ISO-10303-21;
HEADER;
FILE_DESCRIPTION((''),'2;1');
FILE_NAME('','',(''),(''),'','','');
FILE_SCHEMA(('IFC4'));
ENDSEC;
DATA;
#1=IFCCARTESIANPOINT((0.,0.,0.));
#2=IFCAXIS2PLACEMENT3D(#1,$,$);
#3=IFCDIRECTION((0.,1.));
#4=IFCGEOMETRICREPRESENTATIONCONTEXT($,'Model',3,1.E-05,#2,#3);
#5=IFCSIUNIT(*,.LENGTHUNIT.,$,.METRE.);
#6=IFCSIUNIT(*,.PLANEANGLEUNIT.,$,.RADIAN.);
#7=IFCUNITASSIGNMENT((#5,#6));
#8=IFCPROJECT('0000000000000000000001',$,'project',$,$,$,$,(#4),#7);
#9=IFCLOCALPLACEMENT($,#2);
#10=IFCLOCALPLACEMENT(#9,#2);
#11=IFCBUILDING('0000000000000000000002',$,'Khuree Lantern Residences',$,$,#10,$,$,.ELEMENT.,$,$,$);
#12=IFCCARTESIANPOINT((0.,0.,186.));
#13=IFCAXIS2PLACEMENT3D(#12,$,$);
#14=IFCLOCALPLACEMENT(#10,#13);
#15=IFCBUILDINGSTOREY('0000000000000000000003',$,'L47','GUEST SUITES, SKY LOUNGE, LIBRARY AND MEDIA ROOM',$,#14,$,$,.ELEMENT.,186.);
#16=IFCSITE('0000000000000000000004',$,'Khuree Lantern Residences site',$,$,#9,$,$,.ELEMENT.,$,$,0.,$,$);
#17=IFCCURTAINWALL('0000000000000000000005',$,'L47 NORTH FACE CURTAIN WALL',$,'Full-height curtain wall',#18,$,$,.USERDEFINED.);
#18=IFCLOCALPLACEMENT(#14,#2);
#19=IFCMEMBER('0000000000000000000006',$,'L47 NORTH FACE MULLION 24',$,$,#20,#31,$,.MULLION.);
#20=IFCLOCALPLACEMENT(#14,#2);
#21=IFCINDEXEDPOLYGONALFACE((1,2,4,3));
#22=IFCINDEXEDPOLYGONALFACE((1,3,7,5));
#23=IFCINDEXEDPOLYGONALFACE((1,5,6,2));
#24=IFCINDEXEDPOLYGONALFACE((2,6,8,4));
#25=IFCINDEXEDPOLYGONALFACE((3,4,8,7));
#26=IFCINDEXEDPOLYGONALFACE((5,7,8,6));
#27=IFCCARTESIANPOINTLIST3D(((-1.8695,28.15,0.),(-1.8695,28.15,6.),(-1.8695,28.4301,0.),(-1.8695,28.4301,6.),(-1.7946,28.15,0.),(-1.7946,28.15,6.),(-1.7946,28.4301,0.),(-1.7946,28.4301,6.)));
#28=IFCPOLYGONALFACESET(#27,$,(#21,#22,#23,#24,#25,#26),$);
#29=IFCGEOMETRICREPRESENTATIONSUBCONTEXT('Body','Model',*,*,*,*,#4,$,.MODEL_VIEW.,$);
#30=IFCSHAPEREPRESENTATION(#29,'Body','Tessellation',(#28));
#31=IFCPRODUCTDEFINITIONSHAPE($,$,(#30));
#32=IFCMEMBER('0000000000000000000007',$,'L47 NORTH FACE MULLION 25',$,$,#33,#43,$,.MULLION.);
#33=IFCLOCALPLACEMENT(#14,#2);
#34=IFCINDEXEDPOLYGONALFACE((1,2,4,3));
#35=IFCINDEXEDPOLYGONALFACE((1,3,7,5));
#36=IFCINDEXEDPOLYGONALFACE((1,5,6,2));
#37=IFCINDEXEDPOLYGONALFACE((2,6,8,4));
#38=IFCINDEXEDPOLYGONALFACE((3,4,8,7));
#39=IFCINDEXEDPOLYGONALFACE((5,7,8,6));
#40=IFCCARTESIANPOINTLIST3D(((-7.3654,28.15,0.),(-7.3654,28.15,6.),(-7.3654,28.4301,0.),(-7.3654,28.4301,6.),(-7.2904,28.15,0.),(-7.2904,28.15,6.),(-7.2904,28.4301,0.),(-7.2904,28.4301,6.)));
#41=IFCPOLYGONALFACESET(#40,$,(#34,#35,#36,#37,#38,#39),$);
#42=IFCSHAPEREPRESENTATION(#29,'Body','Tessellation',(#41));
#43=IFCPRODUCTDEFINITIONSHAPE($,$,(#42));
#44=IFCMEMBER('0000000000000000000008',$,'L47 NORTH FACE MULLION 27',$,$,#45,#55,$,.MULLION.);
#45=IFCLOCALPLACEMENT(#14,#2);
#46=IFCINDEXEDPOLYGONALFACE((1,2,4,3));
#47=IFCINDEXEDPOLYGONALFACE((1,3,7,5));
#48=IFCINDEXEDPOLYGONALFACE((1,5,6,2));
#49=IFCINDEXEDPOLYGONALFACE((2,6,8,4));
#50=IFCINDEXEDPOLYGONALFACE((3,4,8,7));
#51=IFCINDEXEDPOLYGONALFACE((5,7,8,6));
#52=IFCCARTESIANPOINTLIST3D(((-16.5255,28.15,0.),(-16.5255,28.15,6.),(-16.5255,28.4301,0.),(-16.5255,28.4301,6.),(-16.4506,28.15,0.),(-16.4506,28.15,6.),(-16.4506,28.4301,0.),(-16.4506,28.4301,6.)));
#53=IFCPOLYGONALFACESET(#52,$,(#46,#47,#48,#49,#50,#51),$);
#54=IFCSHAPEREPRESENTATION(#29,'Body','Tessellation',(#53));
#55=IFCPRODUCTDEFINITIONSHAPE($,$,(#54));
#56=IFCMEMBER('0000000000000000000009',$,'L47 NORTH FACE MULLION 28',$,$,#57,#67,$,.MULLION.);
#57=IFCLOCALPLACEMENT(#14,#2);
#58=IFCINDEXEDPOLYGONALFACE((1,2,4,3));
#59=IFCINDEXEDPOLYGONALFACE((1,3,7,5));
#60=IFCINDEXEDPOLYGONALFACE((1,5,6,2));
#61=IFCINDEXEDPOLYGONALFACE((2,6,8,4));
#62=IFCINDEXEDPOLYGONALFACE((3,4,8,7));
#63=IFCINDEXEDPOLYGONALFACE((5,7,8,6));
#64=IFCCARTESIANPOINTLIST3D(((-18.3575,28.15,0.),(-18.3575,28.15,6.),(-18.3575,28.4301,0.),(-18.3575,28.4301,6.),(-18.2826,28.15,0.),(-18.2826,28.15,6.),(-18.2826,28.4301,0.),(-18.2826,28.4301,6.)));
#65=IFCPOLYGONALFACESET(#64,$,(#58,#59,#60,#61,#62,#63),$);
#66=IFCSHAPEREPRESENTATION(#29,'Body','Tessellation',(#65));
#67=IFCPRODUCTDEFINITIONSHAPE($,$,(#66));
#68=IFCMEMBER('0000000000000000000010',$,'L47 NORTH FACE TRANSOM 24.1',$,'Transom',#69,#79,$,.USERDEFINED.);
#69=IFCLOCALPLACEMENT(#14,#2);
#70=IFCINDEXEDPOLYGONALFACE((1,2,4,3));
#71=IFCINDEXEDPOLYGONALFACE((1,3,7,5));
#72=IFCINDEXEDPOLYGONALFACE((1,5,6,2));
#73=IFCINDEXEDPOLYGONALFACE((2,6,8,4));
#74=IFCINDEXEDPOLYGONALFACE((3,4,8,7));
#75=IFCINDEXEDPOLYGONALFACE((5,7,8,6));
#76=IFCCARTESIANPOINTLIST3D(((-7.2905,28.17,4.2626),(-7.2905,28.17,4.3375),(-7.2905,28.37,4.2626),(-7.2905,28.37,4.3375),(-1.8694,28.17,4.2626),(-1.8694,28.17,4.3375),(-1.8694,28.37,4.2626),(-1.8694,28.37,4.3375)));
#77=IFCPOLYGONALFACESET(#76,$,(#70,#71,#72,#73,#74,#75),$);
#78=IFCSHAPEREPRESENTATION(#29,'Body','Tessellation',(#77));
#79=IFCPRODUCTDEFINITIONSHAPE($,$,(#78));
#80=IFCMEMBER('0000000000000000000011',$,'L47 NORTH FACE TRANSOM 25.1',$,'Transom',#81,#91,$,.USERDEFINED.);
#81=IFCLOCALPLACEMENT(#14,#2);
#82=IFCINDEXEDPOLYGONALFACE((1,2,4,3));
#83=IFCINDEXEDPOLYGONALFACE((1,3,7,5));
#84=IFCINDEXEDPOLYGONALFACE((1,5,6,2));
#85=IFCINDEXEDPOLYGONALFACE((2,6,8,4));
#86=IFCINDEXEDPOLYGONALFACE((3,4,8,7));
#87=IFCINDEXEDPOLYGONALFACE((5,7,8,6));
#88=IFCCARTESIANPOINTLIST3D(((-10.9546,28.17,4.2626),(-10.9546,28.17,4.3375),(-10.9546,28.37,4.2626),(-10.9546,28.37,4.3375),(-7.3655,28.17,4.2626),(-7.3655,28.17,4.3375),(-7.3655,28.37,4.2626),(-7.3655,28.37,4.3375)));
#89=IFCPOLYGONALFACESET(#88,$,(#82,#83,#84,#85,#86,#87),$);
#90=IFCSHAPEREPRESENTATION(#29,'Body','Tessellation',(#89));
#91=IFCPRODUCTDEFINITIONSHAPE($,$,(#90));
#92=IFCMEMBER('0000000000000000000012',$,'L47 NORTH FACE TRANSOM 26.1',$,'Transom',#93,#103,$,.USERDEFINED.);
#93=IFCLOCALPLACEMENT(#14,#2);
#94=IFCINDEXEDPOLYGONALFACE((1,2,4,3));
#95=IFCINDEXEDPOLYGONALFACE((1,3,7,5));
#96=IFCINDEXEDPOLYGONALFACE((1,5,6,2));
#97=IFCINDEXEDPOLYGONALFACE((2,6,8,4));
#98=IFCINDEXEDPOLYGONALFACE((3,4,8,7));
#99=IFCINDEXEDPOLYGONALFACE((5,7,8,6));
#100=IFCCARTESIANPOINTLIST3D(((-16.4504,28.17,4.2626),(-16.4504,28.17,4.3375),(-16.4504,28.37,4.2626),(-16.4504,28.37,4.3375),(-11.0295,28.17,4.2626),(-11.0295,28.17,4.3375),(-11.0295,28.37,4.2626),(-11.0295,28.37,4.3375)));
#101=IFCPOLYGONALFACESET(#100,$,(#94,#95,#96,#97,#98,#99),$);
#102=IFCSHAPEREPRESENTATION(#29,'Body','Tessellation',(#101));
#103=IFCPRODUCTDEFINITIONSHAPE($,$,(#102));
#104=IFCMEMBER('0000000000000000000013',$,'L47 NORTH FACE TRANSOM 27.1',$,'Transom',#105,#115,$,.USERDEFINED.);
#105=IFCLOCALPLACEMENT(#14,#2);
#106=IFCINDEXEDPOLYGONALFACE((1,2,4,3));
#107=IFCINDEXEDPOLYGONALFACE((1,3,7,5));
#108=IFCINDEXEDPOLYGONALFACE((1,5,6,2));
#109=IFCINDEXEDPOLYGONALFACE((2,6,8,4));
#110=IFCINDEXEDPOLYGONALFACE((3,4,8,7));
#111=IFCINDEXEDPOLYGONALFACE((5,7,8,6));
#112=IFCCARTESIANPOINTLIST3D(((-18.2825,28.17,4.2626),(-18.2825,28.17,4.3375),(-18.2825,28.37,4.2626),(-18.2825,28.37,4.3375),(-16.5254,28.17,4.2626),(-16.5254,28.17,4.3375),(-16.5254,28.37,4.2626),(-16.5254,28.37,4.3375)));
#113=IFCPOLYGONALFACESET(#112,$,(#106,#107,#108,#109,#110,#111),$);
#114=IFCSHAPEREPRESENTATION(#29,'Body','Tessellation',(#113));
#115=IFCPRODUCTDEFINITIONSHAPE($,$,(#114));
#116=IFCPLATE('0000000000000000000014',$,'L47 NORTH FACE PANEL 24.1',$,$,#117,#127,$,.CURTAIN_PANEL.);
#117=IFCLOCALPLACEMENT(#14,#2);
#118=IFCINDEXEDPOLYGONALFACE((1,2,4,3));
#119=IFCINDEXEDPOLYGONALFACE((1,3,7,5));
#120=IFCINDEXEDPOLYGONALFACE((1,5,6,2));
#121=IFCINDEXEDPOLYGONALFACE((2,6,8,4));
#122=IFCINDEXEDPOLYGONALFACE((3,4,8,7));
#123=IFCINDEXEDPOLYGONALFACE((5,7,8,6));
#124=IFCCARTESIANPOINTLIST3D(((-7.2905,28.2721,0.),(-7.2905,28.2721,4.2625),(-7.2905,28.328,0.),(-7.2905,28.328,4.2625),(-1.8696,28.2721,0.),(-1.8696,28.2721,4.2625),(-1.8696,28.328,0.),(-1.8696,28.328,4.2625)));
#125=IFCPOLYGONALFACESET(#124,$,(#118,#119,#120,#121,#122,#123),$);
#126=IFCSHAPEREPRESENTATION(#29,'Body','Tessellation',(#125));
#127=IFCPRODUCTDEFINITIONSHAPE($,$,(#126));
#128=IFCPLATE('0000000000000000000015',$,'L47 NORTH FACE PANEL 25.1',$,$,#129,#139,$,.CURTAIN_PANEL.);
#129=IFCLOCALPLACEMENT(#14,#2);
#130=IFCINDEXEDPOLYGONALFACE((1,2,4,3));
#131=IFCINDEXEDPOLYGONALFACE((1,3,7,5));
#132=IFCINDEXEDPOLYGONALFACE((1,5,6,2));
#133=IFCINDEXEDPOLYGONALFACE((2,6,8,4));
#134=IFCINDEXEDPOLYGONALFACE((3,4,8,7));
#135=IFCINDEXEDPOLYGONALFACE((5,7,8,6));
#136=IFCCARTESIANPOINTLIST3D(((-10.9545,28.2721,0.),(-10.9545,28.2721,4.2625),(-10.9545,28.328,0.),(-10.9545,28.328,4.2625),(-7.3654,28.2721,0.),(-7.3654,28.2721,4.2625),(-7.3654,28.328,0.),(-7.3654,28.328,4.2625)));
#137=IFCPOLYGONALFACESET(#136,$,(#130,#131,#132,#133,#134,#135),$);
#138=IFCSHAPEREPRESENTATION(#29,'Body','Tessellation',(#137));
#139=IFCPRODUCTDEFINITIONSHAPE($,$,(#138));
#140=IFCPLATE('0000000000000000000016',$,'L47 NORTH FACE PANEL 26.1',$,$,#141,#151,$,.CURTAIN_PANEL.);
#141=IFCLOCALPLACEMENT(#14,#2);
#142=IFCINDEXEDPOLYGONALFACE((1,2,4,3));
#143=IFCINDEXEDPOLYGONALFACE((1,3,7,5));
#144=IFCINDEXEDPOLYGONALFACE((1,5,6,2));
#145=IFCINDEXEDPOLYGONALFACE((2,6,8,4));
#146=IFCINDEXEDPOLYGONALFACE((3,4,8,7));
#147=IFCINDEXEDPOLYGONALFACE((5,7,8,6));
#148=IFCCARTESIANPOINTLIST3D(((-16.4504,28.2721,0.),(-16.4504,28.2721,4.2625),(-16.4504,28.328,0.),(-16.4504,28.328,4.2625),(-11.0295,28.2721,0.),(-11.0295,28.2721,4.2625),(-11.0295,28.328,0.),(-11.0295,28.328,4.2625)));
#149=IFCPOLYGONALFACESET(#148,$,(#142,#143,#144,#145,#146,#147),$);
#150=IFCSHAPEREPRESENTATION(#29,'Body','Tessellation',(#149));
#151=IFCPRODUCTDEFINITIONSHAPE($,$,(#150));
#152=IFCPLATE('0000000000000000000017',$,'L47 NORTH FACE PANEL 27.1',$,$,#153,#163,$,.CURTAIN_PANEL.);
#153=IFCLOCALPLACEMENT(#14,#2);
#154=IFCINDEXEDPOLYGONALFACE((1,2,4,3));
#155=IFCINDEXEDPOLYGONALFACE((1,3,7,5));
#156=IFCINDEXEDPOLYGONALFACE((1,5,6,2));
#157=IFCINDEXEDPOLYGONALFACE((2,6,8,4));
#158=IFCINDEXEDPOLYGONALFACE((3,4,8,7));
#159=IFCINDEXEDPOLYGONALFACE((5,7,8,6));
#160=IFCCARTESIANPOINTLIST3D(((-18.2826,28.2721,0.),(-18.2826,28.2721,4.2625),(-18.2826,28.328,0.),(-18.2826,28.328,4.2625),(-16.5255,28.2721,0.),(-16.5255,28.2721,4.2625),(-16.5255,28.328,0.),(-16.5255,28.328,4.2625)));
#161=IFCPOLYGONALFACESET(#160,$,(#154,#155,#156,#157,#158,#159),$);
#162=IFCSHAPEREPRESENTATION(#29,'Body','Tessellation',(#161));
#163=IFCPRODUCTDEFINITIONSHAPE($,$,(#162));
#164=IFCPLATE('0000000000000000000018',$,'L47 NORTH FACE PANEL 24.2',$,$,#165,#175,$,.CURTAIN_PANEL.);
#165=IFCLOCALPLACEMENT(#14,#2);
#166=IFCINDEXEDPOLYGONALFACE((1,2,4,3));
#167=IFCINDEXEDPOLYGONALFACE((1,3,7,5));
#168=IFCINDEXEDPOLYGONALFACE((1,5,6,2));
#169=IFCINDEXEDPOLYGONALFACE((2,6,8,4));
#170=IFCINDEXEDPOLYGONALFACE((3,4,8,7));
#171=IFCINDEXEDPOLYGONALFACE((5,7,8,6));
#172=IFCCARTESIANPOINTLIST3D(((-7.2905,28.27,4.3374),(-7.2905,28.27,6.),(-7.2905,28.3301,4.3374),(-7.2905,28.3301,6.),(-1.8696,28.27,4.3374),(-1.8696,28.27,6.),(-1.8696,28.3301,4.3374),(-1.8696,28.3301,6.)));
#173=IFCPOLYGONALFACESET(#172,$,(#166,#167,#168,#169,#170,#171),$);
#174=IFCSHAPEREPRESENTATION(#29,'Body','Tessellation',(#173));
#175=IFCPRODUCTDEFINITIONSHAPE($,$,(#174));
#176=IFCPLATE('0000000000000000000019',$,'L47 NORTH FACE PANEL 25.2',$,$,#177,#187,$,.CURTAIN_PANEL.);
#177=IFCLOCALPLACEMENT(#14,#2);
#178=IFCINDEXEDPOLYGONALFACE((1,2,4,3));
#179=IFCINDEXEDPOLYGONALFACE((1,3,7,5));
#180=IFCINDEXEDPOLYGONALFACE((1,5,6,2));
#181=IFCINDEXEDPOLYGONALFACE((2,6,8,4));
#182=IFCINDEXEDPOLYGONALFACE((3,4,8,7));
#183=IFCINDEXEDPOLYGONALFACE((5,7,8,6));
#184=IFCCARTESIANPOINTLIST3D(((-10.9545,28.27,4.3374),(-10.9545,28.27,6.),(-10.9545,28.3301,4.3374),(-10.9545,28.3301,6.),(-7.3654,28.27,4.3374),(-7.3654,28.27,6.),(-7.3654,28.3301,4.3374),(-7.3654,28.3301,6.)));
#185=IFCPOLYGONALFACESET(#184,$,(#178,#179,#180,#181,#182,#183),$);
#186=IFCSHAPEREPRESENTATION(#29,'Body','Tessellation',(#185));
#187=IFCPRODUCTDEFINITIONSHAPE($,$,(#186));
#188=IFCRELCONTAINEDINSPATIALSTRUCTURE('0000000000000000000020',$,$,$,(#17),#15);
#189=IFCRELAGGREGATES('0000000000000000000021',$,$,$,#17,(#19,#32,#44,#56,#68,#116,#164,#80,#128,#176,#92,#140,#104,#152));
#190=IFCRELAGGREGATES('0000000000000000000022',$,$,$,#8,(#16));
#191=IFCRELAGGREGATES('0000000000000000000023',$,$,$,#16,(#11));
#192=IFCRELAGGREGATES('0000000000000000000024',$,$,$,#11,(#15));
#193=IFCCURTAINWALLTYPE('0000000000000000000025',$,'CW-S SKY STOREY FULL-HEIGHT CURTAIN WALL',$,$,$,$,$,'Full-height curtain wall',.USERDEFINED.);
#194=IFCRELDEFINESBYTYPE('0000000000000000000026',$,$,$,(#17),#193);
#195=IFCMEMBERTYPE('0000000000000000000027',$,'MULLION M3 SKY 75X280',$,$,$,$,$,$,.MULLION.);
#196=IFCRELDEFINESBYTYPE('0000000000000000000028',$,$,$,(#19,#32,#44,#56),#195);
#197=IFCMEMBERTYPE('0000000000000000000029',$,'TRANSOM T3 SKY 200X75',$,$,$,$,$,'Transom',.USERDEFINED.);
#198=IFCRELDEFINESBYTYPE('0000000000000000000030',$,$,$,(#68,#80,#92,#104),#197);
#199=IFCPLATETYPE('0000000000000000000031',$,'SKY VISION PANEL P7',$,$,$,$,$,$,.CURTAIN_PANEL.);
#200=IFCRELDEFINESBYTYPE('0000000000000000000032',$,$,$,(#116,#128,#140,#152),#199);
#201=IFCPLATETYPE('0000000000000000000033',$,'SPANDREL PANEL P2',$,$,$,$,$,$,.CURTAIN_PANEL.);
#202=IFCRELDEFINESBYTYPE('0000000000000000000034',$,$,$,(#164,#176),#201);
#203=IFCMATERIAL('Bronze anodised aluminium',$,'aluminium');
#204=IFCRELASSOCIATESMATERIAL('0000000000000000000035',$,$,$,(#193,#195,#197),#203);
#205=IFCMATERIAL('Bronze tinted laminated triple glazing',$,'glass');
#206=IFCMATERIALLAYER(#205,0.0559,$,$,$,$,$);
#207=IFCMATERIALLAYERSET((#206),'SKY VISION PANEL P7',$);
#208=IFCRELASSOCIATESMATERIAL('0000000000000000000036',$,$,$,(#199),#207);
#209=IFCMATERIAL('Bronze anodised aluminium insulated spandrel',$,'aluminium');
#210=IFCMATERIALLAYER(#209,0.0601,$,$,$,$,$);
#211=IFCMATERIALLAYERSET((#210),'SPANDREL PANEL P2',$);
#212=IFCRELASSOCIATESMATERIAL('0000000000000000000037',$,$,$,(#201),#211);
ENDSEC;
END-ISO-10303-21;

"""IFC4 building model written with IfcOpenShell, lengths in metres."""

from ifc_helpers import new_model, si_unit, direction, frame, origin, origin_2d, place, context, subcontext, project, spatial, rectangle, extrude, material, layer, layer_set, material_profile, profile_set, type_object, element, aggregate, save


model = new_model("IFC4")

# Units and contexts
model_context = context("Model", 3, precision=1e-05, world=origin(), true_north=direction((0.0, 1.0)))
body_context = subcontext(model_context, "Body", "Model", "MODEL_VIEW")
ifc_project = project(units=[si_unit("LENGTHUNIT", "METRE"), si_unit("PLANEANGLEUNIT", "RADIAN")], contexts=[model_context])

# Site, building, storey
site_placement = place(None, origin())
site = spatial("IfcSite", under=ifc_project, at=site_placement, Name="Khuree Lantern Residences site", CompositionType="ELEMENT", RefElevation=0.0)
building_placement = place(site_placement, origin())
building = spatial("IfcBuilding", under=site, at=building_placement, Name="Khuree Lantern Residences", CompositionType="ELEMENT")
storey_placement = place(building_placement, frame((0.0, 0.0, 186.0)))
storey = spatial("IfcBuildingStorey", under=building, at=storey_placement, Name="L47", Description="GUEST SUITES, SKY LOUNGE, LIBRARY AND MEDIA ROOM", CompositionType="ELEMENT", Elevation=186.0)

# Curtain wall
ifc_material_1 = material(Name="Bronze anodised aluminium", Category="aluminium")
curtain_wall_type = type_object("IfcCurtainWallType", Name="CW-S SKY STOREY FULL-HEIGHT CURTAIN WALL", ElementType="Full-height curtain wall", PredefinedType="USERDEFINED", material=ifc_material_1)
curtain_wall_placement = place(storey_placement, origin())
curtain_wall = element("IfcCurtainWall", 1, at=curtain_wall_placement, inside=storey, type_object=curtain_wall_type, Name="L47 NORTH FACE CURTAIN WALL", ObjectType="Full-height curtain wall", PredefinedType="USERDEFINED")

# Members
ifc_material_profile_1 = material_profile(ifc_material_1, rectangle(XDim=0.075, YDim=0.28, at=origin_2d()), Name="M3 75X280")
ifc_profile_set_1 = profile_set([ifc_material_profile_1], Name="Bronze anodised aluminium")
member_type_1 = type_object("IfcMemberType", Name="MULLION M3 SKY 75X280", PredefinedType="MULLION", material=ifc_profile_set_1)
member_1_placement = place(storey_placement, frame((-1.832, 28.29, 0.0), z_axis=(0.0, 0.0, 1.0), x_axis=(-1.0, 0.0, 0.0)))
member_1 = element("IfcMember", 2, at=member_1_placement, type_object=member_type_1, Name="L47 NORTH FACE MULLION 24", PredefinedType="MULLION", context=body_context, shape_type="SweptSolid", body=[
    extrude(rectangle(XDim=0.075, YDim=0.28, at=origin_2d()), origin(), (0.0, 0.0, 1.0), 6.0),
])
member_2_placement = place(storey_placement, frame((-7.3279, 28.29, 0.0), z_axis=(0.0, 0.0, 1.0), x_axis=(-1.0, 0.0, 0.0)))
member_2 = element("IfcMember", 3, at=member_2_placement, type_object=member_type_1, Name="L47 NORTH FACE MULLION 25", PredefinedType="MULLION", context=body_context, shape_type="SweptSolid", body=[
    extrude(rectangle(XDim=0.075, YDim=0.28, at=origin_2d()), origin(), (0.0, 0.0, 1.0), 6.0),
])
member_3_placement = place(storey_placement, frame((-16.488, 28.29, 0.0), z_axis=(0.0, 0.0, 1.0), x_axis=(-1.0, 0.0, 0.0)))
member_3 = element("IfcMember", 4, at=member_3_placement, type_object=member_type_1, Name="L47 NORTH FACE MULLION 27", PredefinedType="MULLION", context=body_context, shape_type="SweptSolid", body=[
    extrude(rectangle(XDim=0.075, YDim=0.28, at=origin_2d()), origin(), (0.0, 0.0, 1.0), 6.0),
])
member_4_placement = place(storey_placement, frame((-18.3201, 28.29, 0.0), z_axis=(0.0, 0.0, 1.0), x_axis=(-1.0, 0.0, 0.0)))
member_4 = element("IfcMember", 5, at=member_4_placement, type_object=member_type_1, Name="L47 NORTH FACE MULLION 28", PredefinedType="MULLION", context=body_context, shape_type="SweptSolid", body=[
    extrude(rectangle(XDim=0.075, YDim=0.28, at=origin_2d()), origin(), (0.0, 0.0, 1.0), 6.0),
])
ifc_material_profile_2 = material_profile(ifc_material_1, rectangle(XDim=0.2, YDim=0.075, at=origin_2d()), Name="T3 200X75")
ifc_profile_set_2 = profile_set([ifc_material_profile_2], Name="Bronze anodised aluminium")
member_type_2 = type_object("IfcMemberType", Name="TRANSOM T3 SKY 200X75", ElementType="Transom", PredefinedType="USERDEFINED", material=ifc_profile_set_2)
member_5_placement = place(storey_placement, frame((-1.8694, 28.27, 4.3), z_axis=(-1.0, 0.0, 0.0), x_axis=(0.0, -1.0, 0.0)))
member_5 = element("IfcMember", 6, at=member_5_placement, type_object=member_type_2, Name="L47 NORTH FACE TRANSOM 24.1", ObjectType="Transom", PredefinedType="USERDEFINED", context=body_context, shape_type="SweptSolid", body=[
    extrude(rectangle(XDim=0.2, YDim=0.075, at=origin_2d()), origin(), (0.0, 0.0, 1.0), 5.4211),
])
member_6_placement = place(storey_placement, frame((-7.3655, 28.27, 4.3), z_axis=(-1.0, 0.0, 0.0), x_axis=(0.0, -1.0, 0.0)))
member_6 = element("IfcMember", 7, at=member_6_placement, type_object=member_type_2, Name="L47 NORTH FACE TRANSOM 25.1", ObjectType="Transom", PredefinedType="USERDEFINED", context=body_context, shape_type="SweptSolid", body=[
    extrude(rectangle(XDim=0.2, YDim=0.075, at=origin_2d()), origin(), (0.0, 0.0, 1.0), 3.5891),
])
member_7_placement = place(storey_placement, frame((-11.0295, 28.27, 4.3), z_axis=(-1.0, 0.0, 0.0), x_axis=(0.0, -1.0, 0.0)))
member_7 = element("IfcMember", 8, at=member_7_placement, type_object=member_type_2, Name="L47 NORTH FACE TRANSOM 26.1", ObjectType="Transom", PredefinedType="USERDEFINED", context=body_context, shape_type="SweptSolid", body=[
    extrude(rectangle(XDim=0.2, YDim=0.075, at=origin_2d()), origin(), (0.0, 0.0, 1.0), 5.4209),
])
member_8_placement = place(storey_placement, frame((-16.5254, 28.27, 4.3), z_axis=(-1.0, 0.0, 0.0), x_axis=(0.0, -1.0, 0.0)))
member_8 = element("IfcMember", 9, at=member_8_placement, type_object=member_type_2, Name="L47 NORTH FACE TRANSOM 27.1", ObjectType="Transom", PredefinedType="USERDEFINED", context=body_context, shape_type="SweptSolid", body=[
    extrude(rectangle(XDim=0.2, YDim=0.075, at=origin_2d()), origin(), (0.0, 0.0, 1.0), 1.7571),
])

# Plates
ifc_material_2 = material(Name="Bronze tinted laminated triple glazing", Category="glass")
ifc_layer_1 = layer(ifc_material_2, 0.0559)
ifc_layer_set_1 = layer_set([ifc_layer_1], Name="SKY VISION PANEL P7")
plate_type_1 = type_object("IfcPlateType", Name="SKY VISION PANEL P7", PredefinedType="CURTAIN_PANEL", material=ifc_layer_set_1)
plate_1_placement = place(storey_placement, frame((-4.5801, 28.3, 0.0), z_axis=(0.0, 0.0, 1.0), x_axis=(-1.0, 0.0, 0.0)))
plate_1 = element("IfcPlate", 10, at=plate_1_placement, type_object=plate_type_1, Name="L47 NORTH FACE PANEL 24.1", PredefinedType="CURTAIN_PANEL", context=body_context, shape_type="SweptSolid", body=[
    extrude(rectangle(XDim=5.4209, YDim=0.0559, at=origin_2d()), origin(), (0.0, 0.0, 1.0), 4.2625),
])
plate_2_placement = place(storey_placement, frame((-9.1599, 28.3, 0.0), z_axis=(0.0, 0.0, 1.0), x_axis=(-1.0, 0.0, 0.0)))
plate_2 = element("IfcPlate", 11, at=plate_2_placement, type_object=plate_type_1, Name="L47 NORTH FACE PANEL 25.1", PredefinedType="CURTAIN_PANEL", context=body_context, shape_type="SweptSolid", body=[
    extrude(rectangle(XDim=3.5891, YDim=0.0559, at=origin_2d()), origin(), (0.0, 0.0, 1.0), 4.2625),
])
plate_3_placement = place(storey_placement, frame((-13.74, 28.3, 0.0), z_axis=(0.0, 0.0, 1.0), x_axis=(-1.0, 0.0, 0.0)))
plate_3 = element("IfcPlate", 12, at=plate_3_placement, type_object=plate_type_1, Name="L47 NORTH FACE PANEL 26.1", PredefinedType="CURTAIN_PANEL", context=body_context, shape_type="SweptSolid", body=[
    extrude(rectangle(XDim=5.4209, YDim=0.0559, at=origin_2d()), origin(), (0.0, 0.0, 1.0), 4.2625),
])
plate_4_placement = place(storey_placement, frame((-17.4041, 28.3, 0.0), z_axis=(0.0, 0.0, 1.0), x_axis=(-1.0, 0.0, 0.0)))
plate_4 = element("IfcPlate", 13, at=plate_4_placement, type_object=plate_type_1, Name="L47 NORTH FACE PANEL 27.1", PredefinedType="CURTAIN_PANEL", context=body_context, shape_type="SweptSolid", body=[
    extrude(rectangle(XDim=1.7571, YDim=0.0559, at=origin_2d()), origin(), (0.0, 0.0, 1.0), 4.2625),
])
ifc_material_3 = material(Name="Bronze anodised aluminium insulated spandrel", Category="aluminium")
ifc_layer_2 = layer(ifc_material_3, 0.0601)
ifc_layer_set_2 = layer_set([ifc_layer_2], Name="SPANDREL PANEL P2")
plate_type_2 = type_object("IfcPlateType", Name="SPANDREL PANEL P2", PredefinedType="CURTAIN_PANEL", material=ifc_layer_set_2)
plate_5_placement = place(storey_placement, frame((-4.5801, 28.3, 4.3374), z_axis=(0.0, 0.0, 1.0), x_axis=(-1.0, 0.0, 0.0)))
plate_5 = element("IfcPlate", 14, at=plate_5_placement, type_object=plate_type_2, Name="L47 NORTH FACE PANEL 24.2", PredefinedType="CURTAIN_PANEL", context=body_context, shape_type="SweptSolid", body=[
    extrude(rectangle(XDim=5.4209, YDim=0.0601, at=origin_2d()), origin(), (0.0, 0.0, 1.0), 1.6626),
])
plate_6_placement = place(storey_placement, frame((-9.1599, 28.3, 4.3374), z_axis=(0.0, 0.0, 1.0), x_axis=(-1.0, 0.0, 0.0)))
plate_6 = element("IfcPlate", 15, at=plate_6_placement, type_object=plate_type_2, Name="L47 NORTH FACE PANEL 25.2", PredefinedType="CURTAIN_PANEL", context=body_context, shape_type="SweptSolid", body=[
    extrude(rectangle(XDim=3.5891, YDim=0.0601, at=origin_2d()), origin(), (0.0, 0.0, 1.0), 1.6626),
])
aggregate(curtain_wall, [member_1, member_2, member_3, member_4, member_5, plate_1, plate_5, member_6, plate_2, plate_6, member_7, plate_3, member_8, plate_4])

save(model, "model.ifc")
